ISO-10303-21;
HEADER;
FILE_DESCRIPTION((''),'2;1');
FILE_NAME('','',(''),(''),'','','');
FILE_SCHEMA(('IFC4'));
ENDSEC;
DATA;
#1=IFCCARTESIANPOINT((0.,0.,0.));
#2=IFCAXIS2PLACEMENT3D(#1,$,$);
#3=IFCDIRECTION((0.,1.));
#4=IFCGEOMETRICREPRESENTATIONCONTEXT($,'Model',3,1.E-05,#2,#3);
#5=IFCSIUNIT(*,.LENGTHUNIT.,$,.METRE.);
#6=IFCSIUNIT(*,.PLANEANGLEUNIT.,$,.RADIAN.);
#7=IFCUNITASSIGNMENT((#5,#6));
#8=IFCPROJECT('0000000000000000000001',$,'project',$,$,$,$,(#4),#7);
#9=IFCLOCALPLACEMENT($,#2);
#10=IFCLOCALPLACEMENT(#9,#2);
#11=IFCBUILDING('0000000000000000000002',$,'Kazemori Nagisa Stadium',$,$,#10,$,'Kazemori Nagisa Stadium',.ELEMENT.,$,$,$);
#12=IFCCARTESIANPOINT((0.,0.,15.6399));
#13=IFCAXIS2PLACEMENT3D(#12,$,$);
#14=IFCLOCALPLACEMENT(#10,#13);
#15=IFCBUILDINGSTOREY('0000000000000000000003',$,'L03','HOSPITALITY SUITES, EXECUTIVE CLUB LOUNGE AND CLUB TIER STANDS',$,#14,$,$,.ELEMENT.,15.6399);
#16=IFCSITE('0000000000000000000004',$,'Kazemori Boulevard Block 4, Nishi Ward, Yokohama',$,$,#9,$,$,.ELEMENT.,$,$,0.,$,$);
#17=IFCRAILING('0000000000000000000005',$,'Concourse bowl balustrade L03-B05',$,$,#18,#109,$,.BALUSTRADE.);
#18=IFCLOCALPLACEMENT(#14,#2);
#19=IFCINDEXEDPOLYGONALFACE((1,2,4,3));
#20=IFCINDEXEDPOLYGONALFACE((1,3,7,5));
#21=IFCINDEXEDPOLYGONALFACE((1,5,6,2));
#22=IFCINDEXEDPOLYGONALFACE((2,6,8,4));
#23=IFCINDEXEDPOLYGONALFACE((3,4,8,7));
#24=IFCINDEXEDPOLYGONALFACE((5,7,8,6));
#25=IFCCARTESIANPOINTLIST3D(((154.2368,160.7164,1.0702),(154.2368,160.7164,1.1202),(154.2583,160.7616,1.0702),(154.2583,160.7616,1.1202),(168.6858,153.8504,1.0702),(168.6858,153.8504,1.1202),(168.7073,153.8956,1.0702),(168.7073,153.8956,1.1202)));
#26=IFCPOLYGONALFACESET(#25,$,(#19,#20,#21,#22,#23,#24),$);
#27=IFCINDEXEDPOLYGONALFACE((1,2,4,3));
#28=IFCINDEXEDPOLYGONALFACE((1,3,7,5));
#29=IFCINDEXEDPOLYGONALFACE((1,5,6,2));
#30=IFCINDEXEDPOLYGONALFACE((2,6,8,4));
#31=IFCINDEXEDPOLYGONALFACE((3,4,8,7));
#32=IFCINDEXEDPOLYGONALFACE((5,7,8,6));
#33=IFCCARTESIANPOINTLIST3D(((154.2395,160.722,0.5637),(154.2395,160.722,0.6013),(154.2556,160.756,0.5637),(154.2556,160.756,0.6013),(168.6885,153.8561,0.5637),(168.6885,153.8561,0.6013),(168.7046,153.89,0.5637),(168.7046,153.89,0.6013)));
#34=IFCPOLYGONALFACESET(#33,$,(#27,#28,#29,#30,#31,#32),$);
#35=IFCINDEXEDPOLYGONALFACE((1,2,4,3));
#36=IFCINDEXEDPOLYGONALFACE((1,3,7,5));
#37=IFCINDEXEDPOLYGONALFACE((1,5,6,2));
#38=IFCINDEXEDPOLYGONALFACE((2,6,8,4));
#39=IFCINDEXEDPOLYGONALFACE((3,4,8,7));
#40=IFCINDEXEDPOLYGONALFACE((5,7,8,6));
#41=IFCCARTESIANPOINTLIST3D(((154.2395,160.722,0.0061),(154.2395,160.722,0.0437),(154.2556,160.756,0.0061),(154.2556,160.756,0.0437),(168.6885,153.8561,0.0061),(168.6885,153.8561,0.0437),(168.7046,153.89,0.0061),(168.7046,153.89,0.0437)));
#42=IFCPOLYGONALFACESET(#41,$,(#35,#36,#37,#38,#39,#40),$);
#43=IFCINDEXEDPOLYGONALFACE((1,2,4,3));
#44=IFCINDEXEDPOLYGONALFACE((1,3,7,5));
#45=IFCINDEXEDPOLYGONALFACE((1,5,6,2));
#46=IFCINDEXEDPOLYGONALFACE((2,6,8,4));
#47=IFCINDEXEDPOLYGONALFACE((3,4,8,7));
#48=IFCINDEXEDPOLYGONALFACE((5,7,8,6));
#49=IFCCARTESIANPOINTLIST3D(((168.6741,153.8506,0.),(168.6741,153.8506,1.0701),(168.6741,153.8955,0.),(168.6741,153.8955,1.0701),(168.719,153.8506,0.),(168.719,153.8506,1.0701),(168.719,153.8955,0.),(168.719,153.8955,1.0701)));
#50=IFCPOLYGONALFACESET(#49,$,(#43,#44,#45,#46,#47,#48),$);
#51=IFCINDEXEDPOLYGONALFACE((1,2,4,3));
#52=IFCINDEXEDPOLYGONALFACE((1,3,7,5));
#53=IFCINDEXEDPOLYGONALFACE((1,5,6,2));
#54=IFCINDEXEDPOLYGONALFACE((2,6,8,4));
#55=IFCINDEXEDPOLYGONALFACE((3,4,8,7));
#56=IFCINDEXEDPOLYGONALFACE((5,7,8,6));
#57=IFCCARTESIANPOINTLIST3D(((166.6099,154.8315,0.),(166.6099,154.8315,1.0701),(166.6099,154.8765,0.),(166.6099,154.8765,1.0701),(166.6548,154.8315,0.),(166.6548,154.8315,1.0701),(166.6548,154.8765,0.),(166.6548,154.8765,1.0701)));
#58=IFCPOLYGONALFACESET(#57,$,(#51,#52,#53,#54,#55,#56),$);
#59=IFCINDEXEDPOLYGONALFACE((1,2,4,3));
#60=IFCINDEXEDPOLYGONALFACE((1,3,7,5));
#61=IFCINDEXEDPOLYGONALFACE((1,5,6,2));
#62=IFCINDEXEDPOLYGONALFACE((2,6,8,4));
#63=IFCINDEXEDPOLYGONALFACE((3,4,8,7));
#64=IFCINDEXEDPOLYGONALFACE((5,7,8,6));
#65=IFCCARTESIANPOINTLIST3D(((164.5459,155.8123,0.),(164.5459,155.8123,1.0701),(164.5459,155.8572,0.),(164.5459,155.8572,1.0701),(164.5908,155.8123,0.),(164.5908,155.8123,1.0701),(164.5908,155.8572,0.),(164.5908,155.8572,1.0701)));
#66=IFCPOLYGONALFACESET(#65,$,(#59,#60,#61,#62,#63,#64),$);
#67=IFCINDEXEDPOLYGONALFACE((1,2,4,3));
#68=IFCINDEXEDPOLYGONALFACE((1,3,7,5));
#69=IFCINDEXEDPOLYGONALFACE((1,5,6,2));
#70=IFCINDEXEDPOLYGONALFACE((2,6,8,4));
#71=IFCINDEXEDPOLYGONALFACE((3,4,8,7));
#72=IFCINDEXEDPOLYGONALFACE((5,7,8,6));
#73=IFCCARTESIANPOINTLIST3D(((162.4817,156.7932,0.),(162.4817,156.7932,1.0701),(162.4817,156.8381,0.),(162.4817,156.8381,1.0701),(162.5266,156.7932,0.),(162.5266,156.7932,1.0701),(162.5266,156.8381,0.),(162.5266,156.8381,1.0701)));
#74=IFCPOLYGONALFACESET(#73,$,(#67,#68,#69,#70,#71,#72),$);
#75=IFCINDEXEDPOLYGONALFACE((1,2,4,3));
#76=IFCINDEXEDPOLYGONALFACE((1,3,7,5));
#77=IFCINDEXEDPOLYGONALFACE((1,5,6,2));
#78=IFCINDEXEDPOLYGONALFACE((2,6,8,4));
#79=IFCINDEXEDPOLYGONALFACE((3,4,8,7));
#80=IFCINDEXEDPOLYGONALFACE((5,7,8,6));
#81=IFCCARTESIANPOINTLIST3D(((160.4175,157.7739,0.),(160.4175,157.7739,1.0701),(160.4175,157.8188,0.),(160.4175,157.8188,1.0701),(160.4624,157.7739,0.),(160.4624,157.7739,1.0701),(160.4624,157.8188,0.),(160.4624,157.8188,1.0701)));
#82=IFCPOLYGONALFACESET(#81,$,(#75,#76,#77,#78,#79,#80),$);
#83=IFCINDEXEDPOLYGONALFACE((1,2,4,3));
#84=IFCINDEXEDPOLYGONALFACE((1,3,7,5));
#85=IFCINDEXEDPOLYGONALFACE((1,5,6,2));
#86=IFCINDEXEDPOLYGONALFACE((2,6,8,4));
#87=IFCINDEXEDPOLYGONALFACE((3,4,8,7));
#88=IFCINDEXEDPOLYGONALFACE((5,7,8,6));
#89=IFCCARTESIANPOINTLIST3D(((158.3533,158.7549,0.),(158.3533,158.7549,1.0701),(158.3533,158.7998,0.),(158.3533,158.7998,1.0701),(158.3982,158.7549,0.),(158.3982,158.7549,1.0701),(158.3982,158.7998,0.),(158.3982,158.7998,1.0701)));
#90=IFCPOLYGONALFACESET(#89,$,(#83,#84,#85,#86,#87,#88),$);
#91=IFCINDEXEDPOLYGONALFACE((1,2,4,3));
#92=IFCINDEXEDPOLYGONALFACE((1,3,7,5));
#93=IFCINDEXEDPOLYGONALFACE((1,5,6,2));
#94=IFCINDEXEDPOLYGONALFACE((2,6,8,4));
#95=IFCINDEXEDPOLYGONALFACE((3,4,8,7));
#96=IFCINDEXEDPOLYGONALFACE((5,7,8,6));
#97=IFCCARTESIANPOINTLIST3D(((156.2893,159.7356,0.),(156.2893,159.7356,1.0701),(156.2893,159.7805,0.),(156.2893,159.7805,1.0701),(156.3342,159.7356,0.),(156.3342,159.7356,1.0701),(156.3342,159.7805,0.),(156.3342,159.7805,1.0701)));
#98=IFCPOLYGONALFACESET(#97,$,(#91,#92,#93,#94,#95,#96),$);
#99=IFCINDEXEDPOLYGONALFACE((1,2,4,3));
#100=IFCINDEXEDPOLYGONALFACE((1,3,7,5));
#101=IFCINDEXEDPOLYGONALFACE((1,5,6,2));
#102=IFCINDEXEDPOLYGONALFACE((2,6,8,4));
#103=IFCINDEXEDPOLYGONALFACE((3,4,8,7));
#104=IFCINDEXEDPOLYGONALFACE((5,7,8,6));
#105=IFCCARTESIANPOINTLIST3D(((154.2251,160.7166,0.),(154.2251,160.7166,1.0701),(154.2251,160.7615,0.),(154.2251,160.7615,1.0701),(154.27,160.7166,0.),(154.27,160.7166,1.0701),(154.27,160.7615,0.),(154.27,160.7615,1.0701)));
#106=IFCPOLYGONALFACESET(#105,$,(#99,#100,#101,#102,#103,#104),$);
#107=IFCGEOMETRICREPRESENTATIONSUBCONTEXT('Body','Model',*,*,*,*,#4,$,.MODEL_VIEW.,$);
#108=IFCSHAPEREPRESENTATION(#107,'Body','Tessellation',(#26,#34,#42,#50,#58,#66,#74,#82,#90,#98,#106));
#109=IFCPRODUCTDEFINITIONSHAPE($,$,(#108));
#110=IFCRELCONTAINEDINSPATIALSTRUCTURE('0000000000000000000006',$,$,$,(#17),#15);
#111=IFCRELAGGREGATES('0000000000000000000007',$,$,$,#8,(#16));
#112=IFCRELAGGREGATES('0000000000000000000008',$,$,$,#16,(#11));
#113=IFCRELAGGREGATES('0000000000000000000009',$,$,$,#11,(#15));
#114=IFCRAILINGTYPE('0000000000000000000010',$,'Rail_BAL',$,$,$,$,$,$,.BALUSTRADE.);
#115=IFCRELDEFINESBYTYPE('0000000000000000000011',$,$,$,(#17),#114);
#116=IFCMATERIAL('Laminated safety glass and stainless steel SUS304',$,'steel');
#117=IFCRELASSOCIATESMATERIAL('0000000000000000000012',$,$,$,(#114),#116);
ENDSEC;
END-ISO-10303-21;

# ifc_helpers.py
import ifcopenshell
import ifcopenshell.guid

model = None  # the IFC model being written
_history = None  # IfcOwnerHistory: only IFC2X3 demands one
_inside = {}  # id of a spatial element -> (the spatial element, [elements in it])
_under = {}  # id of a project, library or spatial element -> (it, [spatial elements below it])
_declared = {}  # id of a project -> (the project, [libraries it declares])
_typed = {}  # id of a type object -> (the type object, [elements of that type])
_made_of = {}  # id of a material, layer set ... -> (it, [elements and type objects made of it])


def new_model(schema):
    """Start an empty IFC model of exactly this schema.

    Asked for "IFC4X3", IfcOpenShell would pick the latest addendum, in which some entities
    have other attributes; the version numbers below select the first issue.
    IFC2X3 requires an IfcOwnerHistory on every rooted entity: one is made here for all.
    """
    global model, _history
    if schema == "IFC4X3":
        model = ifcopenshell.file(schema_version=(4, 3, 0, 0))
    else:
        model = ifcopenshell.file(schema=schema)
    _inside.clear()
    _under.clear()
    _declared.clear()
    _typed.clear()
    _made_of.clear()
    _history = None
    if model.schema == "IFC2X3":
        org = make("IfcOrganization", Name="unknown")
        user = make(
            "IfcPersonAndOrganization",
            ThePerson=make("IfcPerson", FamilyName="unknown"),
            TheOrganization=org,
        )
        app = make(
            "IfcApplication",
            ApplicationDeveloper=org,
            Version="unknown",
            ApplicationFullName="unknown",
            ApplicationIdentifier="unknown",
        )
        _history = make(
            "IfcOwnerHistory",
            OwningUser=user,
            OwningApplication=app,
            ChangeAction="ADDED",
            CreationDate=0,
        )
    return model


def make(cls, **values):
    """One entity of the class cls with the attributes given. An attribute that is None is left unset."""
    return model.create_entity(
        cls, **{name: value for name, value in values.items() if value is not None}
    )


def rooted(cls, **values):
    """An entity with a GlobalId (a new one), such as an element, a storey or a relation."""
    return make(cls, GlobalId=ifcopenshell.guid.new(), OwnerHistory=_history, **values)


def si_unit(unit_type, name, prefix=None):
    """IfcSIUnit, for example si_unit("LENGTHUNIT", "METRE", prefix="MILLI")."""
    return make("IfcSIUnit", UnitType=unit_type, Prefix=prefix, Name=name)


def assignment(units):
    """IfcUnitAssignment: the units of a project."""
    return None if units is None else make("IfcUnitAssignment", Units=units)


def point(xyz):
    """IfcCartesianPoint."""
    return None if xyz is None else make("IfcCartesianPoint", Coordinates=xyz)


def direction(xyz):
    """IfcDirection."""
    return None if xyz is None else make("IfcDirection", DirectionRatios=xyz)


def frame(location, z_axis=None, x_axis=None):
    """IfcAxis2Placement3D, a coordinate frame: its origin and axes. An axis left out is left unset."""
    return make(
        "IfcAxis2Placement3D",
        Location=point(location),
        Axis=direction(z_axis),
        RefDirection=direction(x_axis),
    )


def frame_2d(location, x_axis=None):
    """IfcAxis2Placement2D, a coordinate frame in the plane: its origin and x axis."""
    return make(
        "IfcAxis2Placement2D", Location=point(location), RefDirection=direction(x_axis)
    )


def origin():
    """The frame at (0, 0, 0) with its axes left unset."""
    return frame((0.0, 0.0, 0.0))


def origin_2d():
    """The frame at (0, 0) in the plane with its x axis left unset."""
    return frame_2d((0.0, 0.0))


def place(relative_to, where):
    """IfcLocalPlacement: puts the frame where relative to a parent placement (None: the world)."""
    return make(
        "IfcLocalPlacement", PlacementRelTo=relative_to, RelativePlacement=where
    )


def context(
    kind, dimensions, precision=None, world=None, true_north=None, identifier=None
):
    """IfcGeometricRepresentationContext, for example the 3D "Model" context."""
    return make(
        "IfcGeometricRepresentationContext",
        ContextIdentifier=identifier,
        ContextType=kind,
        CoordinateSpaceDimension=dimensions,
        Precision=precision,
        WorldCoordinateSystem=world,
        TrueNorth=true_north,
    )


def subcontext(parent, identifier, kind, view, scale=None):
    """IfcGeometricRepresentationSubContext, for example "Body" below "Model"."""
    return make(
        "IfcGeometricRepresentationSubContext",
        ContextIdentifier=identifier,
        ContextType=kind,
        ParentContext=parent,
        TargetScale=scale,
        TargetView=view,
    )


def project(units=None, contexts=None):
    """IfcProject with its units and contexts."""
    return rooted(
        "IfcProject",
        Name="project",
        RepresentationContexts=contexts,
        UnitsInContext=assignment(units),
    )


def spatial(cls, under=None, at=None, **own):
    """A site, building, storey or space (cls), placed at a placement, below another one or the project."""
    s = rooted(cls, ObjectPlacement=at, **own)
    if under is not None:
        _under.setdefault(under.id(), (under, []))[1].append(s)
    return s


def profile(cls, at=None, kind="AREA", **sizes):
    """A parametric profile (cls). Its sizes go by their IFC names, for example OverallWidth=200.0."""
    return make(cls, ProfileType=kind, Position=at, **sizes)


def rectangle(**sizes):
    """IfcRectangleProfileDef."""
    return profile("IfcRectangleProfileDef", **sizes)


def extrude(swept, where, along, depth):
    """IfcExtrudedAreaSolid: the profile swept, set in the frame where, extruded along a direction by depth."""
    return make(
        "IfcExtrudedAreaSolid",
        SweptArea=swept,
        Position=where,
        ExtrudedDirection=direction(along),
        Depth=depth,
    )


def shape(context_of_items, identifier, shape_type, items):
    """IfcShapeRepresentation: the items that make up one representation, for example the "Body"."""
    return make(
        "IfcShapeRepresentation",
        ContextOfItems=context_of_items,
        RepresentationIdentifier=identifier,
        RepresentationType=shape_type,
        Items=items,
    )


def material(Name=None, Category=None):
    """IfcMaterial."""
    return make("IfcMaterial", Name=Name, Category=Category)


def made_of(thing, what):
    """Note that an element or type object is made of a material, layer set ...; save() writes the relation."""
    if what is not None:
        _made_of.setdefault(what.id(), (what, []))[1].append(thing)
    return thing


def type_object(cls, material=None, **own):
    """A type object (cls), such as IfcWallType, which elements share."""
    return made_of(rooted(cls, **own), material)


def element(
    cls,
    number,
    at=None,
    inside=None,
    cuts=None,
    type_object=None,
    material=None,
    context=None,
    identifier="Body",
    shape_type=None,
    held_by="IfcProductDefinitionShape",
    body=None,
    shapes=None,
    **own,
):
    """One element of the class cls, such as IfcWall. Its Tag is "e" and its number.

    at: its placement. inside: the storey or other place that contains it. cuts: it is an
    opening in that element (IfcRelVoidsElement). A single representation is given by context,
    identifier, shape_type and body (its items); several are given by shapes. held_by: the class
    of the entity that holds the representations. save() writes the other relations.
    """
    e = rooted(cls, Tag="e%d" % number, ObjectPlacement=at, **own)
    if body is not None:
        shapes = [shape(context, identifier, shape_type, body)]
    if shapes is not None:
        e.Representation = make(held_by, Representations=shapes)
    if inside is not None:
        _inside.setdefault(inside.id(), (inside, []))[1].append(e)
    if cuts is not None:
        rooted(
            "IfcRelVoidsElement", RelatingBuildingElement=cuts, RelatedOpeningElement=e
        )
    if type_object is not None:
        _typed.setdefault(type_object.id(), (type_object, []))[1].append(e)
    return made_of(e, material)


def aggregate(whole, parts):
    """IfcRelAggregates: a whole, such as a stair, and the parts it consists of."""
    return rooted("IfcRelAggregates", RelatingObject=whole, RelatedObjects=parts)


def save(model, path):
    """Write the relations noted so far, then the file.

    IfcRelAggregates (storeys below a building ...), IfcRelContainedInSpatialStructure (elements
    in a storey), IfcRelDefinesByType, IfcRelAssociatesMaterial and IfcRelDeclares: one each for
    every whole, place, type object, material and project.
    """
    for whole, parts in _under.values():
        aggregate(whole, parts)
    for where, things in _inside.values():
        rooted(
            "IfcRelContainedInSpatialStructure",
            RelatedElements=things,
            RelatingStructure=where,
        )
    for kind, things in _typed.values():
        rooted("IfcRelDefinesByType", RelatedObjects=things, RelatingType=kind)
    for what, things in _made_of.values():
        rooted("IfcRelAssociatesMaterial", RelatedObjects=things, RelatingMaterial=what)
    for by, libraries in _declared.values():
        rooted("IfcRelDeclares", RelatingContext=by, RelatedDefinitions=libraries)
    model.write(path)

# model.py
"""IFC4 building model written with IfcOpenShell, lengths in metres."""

from ifc_helpers import new_model, si_unit, direction, frame, origin, origin_2d, place, context, subcontext, project, spatial, rectangle, extrude, material, type_object, element, save


model = new_model("IFC4")

# Units and contexts
model_context = context("Model", 3, precision=1e-05, world=origin(), true_north=direction((0.0, 1.0)))
body_context = subcontext(model_context, "Body", "Model", "MODEL_VIEW")
ifc_project = project(units=[si_unit("LENGTHUNIT", "METRE"), si_unit("PLANEANGLEUNIT", "RADIAN")], contexts=[model_context])

# Site, building, storey
site_placement = place(None, origin())
site = spatial("IfcSite", under=ifc_project, at=site_placement, Name="Kazemori Boulevard Block 4, Nishi Ward, Yokohama", CompositionType="ELEMENT", RefElevation=0.0)
building_placement = place(site_placement, origin())
building = spatial("IfcBuilding", under=site, at=building_placement, Name="Kazemori Nagisa Stadium", LongName="Kazemori Nagisa Stadium", CompositionType="ELEMENT")
storey_placement = place(building_placement, frame((0.0, 0.0, 15.6399)))
storey = spatial("IfcBuildingStorey", under=building, at=storey_placement, Name="L03", Description="HOSPITALITY SUITES, EXECUTIVE CLUB LOUNGE AND CLUB TIER STANDS", CompositionType="ELEMENT", Elevation=15.6399)

# Railing
ifc_material_1 = material(Name="Laminated safety glass and stainless steel SUS304", Category="steel")
railing_type = type_object("IfcRailingType", Name="Rail_BAL", PredefinedType="BALUSTRADE", material=ifc_material_1)
railing_placement = place(storey_placement, frame((168.6965, 153.873, 0.0)))
element("IfcRailing", 1, at=railing_placement, inside=storey, type_object=railing_type, Name="Concourse bowl balustrade L03-B05", PredefinedType="BALUSTRADE", context=body_context, shape_type="SweptSolid", body=[
    extrude(rectangle(XDim=0.05, YDim=0.05, at=origin_2d()), frame((0.0, 0.0, 1.0952), z_axis=(-0.903212, 0.429195, 0.0), x_axis=(-0.429195, -0.903212, 0.0)), (0.0, 0.0, 1.0), 15.9973),
    extrude(rectangle(XDim=0.0376, YDim=0.0376, at=origin_2d()), frame((0.0, 0.0, 0.5825), z_axis=(-0.903212, 0.429195, 0.0), x_axis=(-0.429195, -0.903212, 0.0)), (0.0, 0.0, 1.0), 15.9973),
    extrude(rectangle(XDim=0.0376, YDim=0.0376, at=origin_2d()), frame((0.0, 0.0, 0.0249), z_axis=(-0.903212, 0.429195, 0.0), x_axis=(-0.429195, -0.903212, 0.0)), (0.0, 0.0, 1.0), 15.9973),
    extrude(rectangle(XDim=0.0449, YDim=0.0449, at=origin_2d()), origin(), (0.0, 0.0, 1.0), 1.0701),
    extrude(rectangle(XDim=0.0449, YDim=0.0449, at=origin_2d()), frame((-2.0642, 0.981, 0.0)), (0.0, 0.0, 1.0), 1.0701),
    extrude(rectangle(XDim=0.0449, YDim=0.0449, at=origin_2d()), frame((-4.1282, 1.9617, 0.0)), (0.0, 0.0, 1.0), 1.0701),
    extrude(rectangle(XDim=0.0449, YDim=0.0449, at=origin_2d()), frame((-6.1924, 2.9426, 0.0)), (0.0, 0.0, 1.0), 1.0701),
    extrude(rectangle(XDim=0.0449, YDim=0.0449, at=origin_2d()), frame((-8.2566, 3.9233, 0.0)), (0.0, 0.0, 1.0), 1.0701),
    extrude(rectangle(XDim=0.0449, YDim=0.0449, at=origin_2d()), frame((-10.3208, 4.9043, 0.0)), (0.0, 0.0, 1.0), 1.0701),
    extrude(rectangle(XDim=0.0449, YDim=0.0449, at=origin_2d()), frame((-12.3848, 5.885, 0.0)), (0.0, 0.0, 1.0), 1.0701),
    extrude(rectangle(XDim=0.0449, YDim=0.0449, at=origin_2d()), frame((-14.449, 6.866, 0.0)), (0.0, 0.0, 1.0), 1.0701),
])

save(model, "model.ifc")
